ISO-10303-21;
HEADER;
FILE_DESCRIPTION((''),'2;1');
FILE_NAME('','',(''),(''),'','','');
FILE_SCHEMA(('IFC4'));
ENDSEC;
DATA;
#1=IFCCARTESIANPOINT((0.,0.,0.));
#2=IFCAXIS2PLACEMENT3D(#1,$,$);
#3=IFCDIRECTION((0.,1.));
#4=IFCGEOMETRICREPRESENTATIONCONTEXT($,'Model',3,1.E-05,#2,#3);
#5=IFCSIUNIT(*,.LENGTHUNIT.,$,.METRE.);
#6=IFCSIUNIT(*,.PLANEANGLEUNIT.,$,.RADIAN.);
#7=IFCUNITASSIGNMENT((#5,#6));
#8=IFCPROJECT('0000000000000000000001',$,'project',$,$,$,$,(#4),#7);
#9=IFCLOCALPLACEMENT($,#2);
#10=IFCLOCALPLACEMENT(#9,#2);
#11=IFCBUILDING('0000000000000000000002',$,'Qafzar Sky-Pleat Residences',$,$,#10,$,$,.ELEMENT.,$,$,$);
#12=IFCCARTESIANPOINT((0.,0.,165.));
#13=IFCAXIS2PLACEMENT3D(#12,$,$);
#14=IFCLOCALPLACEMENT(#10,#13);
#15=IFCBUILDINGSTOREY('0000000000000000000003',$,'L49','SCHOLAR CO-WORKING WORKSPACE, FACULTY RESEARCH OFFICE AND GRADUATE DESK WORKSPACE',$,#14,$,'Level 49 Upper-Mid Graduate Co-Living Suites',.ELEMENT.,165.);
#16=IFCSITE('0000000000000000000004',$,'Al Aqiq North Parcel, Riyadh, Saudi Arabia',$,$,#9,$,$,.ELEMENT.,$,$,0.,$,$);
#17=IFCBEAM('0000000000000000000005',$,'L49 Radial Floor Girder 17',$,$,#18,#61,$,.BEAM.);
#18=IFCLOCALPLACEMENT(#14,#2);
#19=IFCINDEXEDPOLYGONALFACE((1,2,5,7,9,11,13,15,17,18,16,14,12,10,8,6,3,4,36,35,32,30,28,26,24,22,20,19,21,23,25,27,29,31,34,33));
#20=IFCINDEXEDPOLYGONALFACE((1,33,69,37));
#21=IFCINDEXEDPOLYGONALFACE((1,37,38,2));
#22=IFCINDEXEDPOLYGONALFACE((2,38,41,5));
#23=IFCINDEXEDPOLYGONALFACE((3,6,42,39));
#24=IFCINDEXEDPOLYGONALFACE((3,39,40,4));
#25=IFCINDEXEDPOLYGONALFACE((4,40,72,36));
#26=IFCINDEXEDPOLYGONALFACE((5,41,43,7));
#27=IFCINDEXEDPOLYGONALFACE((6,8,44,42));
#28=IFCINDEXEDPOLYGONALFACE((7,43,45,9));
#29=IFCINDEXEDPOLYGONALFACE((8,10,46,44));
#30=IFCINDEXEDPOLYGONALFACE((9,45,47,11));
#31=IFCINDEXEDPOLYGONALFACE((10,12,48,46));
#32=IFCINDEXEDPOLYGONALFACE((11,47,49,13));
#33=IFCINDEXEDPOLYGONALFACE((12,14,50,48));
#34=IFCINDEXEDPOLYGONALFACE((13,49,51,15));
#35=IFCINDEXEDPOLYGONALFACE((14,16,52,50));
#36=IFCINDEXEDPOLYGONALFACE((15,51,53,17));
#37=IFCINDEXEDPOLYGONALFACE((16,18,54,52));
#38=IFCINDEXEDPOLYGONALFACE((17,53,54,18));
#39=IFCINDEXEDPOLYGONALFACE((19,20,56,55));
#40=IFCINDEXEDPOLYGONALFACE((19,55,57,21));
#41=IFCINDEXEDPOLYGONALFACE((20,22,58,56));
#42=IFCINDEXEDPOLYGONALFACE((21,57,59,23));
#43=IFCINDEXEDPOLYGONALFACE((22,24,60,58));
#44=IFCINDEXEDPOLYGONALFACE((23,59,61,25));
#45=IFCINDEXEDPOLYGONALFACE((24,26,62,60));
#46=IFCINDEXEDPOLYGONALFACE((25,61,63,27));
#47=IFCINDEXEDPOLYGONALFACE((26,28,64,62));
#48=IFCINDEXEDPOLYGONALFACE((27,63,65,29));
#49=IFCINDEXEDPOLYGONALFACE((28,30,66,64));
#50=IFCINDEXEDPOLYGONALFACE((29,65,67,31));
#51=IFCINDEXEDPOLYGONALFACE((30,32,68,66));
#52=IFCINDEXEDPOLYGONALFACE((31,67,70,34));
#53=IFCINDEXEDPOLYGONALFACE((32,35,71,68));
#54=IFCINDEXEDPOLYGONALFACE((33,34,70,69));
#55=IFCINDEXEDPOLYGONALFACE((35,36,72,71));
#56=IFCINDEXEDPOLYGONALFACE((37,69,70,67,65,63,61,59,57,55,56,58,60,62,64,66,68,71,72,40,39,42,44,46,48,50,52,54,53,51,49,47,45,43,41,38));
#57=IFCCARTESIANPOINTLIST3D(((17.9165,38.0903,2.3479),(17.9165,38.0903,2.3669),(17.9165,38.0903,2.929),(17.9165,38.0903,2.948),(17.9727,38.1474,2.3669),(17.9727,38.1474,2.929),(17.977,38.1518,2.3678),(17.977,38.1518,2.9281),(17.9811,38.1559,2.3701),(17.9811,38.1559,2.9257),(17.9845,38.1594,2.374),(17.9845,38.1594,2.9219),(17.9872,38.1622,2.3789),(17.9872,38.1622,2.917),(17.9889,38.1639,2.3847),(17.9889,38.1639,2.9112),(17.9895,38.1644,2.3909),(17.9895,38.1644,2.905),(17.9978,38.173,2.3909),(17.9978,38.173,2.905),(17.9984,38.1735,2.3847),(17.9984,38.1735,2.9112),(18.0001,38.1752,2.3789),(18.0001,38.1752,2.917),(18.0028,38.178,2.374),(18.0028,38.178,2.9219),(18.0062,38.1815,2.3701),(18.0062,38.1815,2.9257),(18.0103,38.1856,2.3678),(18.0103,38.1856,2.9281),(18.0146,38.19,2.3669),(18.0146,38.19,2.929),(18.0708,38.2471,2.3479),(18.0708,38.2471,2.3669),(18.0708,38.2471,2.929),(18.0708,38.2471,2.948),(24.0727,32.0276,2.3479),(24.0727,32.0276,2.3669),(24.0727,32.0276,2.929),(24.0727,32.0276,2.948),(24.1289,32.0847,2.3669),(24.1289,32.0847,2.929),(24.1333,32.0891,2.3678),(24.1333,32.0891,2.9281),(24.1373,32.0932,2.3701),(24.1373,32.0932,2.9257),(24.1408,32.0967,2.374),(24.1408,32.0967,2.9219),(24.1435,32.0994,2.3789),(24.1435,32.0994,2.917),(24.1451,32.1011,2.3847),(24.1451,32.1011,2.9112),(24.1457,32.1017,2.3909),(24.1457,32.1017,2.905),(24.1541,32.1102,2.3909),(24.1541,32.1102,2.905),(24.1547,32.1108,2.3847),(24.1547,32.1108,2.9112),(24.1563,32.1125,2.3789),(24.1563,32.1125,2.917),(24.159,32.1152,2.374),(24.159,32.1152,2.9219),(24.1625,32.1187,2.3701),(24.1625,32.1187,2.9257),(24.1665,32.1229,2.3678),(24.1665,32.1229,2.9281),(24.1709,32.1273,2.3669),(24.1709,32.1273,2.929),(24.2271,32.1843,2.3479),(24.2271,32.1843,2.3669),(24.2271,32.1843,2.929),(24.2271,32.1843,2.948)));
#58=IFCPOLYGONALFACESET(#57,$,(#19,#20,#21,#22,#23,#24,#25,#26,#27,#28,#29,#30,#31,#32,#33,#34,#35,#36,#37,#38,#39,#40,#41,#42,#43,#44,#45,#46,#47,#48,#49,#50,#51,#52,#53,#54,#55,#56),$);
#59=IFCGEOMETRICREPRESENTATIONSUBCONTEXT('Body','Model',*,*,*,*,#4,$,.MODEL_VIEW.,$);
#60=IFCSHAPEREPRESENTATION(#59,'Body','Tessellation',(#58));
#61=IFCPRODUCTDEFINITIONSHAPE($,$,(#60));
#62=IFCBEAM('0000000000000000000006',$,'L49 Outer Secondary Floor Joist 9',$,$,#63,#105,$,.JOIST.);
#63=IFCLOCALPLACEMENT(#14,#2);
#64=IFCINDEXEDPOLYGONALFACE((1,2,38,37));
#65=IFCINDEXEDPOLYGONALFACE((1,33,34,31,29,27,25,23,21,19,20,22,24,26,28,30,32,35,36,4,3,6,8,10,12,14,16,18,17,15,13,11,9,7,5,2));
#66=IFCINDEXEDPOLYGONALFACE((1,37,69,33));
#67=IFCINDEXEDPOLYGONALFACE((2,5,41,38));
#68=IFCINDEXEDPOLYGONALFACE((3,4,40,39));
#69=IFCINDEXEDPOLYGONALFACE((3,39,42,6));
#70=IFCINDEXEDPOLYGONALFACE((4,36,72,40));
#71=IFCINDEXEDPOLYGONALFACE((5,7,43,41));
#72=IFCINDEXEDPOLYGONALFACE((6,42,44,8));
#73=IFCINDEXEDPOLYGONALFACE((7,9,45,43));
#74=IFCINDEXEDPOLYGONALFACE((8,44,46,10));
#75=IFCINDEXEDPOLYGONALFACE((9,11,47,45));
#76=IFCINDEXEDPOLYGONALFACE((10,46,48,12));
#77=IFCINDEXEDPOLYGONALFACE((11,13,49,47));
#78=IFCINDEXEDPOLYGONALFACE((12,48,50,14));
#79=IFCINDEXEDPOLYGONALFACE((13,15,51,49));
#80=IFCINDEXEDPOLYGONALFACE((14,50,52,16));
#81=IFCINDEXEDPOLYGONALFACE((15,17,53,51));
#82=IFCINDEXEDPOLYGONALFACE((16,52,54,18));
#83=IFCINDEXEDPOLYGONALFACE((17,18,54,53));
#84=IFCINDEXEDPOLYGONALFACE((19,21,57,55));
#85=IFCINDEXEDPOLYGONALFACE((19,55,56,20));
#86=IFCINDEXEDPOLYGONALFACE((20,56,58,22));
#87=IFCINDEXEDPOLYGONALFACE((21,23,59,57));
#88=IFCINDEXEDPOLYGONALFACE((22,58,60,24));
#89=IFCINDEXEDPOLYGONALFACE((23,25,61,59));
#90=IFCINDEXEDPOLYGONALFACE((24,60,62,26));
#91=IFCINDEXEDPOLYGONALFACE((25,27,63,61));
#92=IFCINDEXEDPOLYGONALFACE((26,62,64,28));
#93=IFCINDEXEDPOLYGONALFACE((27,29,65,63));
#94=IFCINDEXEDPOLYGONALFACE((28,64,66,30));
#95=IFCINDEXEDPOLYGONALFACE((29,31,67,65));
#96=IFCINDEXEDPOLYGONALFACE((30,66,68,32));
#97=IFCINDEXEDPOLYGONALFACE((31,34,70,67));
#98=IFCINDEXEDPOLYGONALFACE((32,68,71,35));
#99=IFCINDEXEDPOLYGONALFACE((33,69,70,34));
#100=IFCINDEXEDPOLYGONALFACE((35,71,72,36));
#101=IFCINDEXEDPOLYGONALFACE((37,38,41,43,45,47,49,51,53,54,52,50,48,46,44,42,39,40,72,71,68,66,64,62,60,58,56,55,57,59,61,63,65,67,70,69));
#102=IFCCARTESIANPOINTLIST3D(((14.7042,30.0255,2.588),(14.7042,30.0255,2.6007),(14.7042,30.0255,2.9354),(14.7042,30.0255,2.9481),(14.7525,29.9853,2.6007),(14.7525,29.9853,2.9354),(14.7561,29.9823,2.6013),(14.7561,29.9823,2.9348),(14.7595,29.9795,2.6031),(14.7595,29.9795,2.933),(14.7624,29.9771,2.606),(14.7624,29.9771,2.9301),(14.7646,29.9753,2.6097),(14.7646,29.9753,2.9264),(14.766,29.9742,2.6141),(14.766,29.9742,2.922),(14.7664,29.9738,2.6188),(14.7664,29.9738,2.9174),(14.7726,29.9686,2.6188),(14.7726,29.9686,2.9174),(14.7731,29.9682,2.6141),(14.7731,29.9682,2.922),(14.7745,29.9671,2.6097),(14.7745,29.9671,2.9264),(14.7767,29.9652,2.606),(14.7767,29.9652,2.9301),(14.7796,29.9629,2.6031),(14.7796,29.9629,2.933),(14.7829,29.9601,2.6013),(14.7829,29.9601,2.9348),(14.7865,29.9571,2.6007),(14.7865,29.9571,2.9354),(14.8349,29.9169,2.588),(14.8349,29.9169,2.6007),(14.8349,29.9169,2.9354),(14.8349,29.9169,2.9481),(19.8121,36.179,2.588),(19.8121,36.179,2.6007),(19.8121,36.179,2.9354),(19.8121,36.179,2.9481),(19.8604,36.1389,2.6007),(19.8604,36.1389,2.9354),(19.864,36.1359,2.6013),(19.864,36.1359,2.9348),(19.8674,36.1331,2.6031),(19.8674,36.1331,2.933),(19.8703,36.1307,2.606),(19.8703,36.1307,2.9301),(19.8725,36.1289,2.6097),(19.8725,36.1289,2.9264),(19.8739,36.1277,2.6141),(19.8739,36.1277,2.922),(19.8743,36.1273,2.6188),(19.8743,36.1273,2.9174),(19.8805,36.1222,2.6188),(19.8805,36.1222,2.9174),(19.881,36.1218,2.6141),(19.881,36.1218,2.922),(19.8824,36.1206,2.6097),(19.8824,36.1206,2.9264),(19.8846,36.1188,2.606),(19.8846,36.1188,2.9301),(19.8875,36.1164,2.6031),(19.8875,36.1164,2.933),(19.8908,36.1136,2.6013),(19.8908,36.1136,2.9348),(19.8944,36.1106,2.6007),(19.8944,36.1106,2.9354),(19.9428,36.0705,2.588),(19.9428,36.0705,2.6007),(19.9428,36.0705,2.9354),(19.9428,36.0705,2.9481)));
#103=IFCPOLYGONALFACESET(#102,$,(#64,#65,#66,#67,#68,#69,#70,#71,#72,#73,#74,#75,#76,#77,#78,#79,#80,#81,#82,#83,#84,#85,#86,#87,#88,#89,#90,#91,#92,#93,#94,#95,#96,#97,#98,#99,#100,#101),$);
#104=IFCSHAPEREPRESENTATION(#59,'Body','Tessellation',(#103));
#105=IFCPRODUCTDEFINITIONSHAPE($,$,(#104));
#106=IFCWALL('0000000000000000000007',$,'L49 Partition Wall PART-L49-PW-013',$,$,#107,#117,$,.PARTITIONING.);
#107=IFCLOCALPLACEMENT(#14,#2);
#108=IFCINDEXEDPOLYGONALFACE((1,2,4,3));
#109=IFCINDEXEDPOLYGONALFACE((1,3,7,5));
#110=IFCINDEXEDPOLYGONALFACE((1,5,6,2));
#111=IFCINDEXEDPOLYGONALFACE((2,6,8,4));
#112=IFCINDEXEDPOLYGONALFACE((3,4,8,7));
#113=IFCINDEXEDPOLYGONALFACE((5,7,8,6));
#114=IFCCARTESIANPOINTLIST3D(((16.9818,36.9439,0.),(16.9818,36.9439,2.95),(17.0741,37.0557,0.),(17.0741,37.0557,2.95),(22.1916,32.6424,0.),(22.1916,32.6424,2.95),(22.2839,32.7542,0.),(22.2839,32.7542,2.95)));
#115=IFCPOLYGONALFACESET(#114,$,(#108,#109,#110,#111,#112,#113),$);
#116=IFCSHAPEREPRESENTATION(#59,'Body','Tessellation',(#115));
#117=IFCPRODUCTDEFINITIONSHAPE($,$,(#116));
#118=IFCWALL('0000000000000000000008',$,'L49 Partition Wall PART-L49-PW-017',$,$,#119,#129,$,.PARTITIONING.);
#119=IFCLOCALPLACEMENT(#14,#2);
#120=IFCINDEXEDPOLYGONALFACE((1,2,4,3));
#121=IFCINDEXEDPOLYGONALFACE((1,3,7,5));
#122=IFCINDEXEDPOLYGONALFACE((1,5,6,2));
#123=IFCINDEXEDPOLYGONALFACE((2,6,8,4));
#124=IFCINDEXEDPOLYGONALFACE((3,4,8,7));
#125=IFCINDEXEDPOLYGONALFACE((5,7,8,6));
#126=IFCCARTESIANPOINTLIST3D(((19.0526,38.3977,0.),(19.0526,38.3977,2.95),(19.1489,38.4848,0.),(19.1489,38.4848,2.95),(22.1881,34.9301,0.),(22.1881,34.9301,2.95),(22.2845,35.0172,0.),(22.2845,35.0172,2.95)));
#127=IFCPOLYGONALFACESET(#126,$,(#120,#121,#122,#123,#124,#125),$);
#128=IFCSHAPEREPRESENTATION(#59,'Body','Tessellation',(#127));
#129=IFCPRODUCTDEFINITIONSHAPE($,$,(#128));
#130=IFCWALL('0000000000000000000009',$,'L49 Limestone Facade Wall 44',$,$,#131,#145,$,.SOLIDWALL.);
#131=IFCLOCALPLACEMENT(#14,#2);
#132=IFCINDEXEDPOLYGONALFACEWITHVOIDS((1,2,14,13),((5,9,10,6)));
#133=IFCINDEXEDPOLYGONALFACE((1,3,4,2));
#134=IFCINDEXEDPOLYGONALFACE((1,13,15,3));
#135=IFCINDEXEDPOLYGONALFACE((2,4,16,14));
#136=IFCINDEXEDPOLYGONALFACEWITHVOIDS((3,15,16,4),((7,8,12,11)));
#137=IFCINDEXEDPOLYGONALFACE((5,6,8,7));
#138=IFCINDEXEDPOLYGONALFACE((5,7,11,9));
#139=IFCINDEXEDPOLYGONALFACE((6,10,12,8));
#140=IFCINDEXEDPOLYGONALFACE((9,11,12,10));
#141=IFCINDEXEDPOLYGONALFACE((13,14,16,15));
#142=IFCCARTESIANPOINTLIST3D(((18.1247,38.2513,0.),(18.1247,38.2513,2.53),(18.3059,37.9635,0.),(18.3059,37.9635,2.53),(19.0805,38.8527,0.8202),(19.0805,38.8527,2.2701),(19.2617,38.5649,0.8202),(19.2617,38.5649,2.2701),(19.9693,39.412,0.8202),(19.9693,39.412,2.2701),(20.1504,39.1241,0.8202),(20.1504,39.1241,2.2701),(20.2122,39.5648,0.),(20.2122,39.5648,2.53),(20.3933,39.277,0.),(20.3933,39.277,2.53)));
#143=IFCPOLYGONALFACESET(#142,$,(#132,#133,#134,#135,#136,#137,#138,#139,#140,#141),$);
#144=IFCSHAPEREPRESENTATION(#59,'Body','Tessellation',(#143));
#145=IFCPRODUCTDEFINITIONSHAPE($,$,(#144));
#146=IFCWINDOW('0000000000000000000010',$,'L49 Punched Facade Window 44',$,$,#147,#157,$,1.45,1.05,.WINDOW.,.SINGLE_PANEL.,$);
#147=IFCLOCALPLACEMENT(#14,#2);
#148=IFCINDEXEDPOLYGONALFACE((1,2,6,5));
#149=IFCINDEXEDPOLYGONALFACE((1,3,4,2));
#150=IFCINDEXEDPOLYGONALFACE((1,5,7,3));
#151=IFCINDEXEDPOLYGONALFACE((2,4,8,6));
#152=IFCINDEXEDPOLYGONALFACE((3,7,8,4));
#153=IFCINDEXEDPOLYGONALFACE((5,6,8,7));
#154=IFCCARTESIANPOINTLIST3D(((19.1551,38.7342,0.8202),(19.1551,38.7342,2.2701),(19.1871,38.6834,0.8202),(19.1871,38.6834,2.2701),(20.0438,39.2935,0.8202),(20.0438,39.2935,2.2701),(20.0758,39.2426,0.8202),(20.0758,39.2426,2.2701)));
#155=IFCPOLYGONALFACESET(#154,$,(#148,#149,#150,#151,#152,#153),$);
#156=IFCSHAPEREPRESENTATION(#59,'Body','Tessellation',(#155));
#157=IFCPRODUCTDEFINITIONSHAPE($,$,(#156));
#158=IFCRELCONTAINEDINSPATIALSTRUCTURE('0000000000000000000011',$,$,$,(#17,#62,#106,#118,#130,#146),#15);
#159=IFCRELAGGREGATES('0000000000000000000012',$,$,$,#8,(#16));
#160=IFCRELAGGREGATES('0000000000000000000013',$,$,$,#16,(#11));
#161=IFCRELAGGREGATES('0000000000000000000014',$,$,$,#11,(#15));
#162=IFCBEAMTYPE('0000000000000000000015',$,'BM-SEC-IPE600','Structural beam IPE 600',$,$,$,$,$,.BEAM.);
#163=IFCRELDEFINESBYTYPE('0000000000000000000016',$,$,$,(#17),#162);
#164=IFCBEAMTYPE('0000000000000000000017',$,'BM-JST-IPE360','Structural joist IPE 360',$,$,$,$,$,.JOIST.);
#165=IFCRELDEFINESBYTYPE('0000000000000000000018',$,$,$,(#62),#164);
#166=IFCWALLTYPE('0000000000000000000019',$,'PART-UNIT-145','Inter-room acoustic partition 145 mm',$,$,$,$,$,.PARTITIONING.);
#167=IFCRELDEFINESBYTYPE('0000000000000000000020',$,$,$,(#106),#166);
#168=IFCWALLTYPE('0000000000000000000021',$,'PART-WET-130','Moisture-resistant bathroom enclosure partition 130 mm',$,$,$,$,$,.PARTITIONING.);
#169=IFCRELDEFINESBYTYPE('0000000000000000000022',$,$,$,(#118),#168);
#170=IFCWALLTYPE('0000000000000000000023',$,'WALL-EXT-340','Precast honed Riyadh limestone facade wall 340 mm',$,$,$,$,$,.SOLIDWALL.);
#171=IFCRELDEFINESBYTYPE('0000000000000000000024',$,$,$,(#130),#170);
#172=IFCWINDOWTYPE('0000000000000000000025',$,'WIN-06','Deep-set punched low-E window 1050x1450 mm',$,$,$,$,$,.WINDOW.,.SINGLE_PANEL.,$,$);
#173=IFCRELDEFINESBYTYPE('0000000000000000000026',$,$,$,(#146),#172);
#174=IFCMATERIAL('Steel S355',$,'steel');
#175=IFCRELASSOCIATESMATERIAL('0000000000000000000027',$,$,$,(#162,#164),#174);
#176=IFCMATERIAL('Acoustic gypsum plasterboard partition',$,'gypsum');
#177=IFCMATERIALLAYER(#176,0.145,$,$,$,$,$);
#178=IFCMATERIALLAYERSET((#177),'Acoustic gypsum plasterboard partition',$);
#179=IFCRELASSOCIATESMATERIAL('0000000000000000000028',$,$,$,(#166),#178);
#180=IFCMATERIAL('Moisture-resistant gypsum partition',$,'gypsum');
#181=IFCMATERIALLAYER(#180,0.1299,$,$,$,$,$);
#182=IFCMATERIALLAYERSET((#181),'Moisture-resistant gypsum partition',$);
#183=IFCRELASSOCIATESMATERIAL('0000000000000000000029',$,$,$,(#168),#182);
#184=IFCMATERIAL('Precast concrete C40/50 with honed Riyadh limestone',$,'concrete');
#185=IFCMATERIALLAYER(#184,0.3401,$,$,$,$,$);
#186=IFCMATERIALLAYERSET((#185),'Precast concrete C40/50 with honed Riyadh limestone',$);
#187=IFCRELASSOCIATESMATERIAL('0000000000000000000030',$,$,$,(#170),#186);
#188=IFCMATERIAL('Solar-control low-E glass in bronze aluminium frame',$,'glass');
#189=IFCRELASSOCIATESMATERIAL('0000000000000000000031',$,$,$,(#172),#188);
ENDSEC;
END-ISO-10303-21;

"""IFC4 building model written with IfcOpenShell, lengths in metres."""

from ifc_helpers import new_model, si_unit, direction, frame, frame_2d, origin, origin_2d, place, context, subcontext, project, spatial, rectangle, i_section, extrude, source, transform, mapped, material, layer, layer_set, material_profile, profile_set, type_object, element, fill, save


model = new_model("IFC4")

# Units and contexts
model_context = context("Model", 3, precision=1e-05, world=origin(), true_north=direction((0.0, 1.0)))
body_context = subcontext(model_context, "Body", "Model", "MODEL_VIEW")
ifc_project = project(units=[si_unit("LENGTHUNIT", "METRE"), si_unit("PLANEANGLEUNIT", "RADIAN")], contexts=[model_context])

# Site, building, storey
site_placement = place(None, origin())
site = spatial("IfcSite", under=ifc_project, at=site_placement, Name="Al Aqiq North Parcel, Riyadh, Saudi Arabia", CompositionType="ELEMENT", RefElevation=0.0)
building_placement = place(site_placement, origin())
building = spatial("IfcBuilding", under=site, at=building_placement, Name="Qafzar Sky-Pleat Residences", CompositionType="ELEMENT")
storey_placement = place(building_placement, frame((0.0, 0.0, 165.0)))
storey = spatial("IfcBuildingStorey", under=building, at=storey_placement, Name="L49", Description="SCHOLAR CO-WORKING WORKSPACE, FACULTY RESEARCH OFFICE AND GRADUATE DESK WORKSPACE", LongName="Level 49 Upper-Mid Graduate Co-Living Suites", CompositionType="ELEMENT", Elevation=165.0)

# Shared definitions
ifc_material_1 = material(Name="Steel S355", Category="steel")

# Beams
ifc_material_profile_1 = material_profile(ifc_material_1, i_section(OverallWidth=0.22, OverallDepth=0.6001, WebThickness=0.012, FlangeThickness=0.019, FilletRadius=0.0239, at=origin_2d()), Name="IPE 600")
ifc_profile_set_1 = profile_set([ifc_material_profile_1], Name="Steel S355")
beam_type_1 = type_object("IfcBeamType", Name="BM-SEC-IPE600", Description="Structural beam IPE 600", PredefinedType="BEAM", material=ifc_profile_set_1)
shared_shape_1 = source(origin(), body_context, "Body", "SweptSolid", [
    extrude(i_section(OverallWidth=0.22, OverallDepth=0.6001, WebThickness=0.012, FlangeThickness=0.019, FilletRadius=0.0239, at=origin_2d()), origin(), (0.0, 0.0, 1.0), 8.6404),
])
beam_1_placement = place(storey_placement, frame((17.9937, 38.1687, 2.6479), z_axis=(0.712497, -0.701675, 0.0), x_axis=(0.701675, 0.712497, 0.0)))
element("IfcBeam", 1, at=beam_1_placement, inside=storey, type_object=beam_type_1, Name="L49 Radial Floor Girder 17", PredefinedType="BEAM", context=body_context, shape_type="MappedRepresentation", body=[
    mapped(shared_shape_1, transform((0.0, 0.0, 0.0), x_axis=(1.0, 0.0, 0.0), y_axis=(0.0, 1.0, 0.0), z_axis=(0.0, 0.0, 1.0), scale=1.0)),
])
ifc_material_profile_2 = material_profile(ifc_material_1, i_section(OverallWidth=0.1699, OverallDepth=0.3601, WebThickness=0.0081, FlangeThickness=0.0127, FilletRadius=0.0181, at=origin_2d()), Name="IPE 360")
ifc_profile_set_2 = profile_set([ifc_material_profile_2], Name="Steel S355")
beam_type_2 = type_object("IfcBeamType", Name="BM-JST-IPE360", Description="Structural joist IPE 360", PredefinedType="JOIST", material=ifc_profile_set_2)
shared_shape_2 = source(origin(), body_context, "Body", "SweptSolid", [
    extrude(i_section(OverallWidth=0.1699, OverallDepth=0.3601, WebThickness=0.0081, FlangeThickness=0.0127, FilletRadius=0.0181, at=origin_2d()), origin(), (0.0, 0.0, 1.0), 7.9973),
])
beam_2_placement = place(storey_placement, frame((19.8774, 36.1248, 2.7681), z_axis=(-0.638703, -0.769453, 0.0), x_axis=(0.769453, -0.638703, 0.0)))
element("IfcBeam", 2, at=beam_2_placement, inside=storey, type_object=beam_type_2, Name="L49 Outer Secondary Floor Joist 9", PredefinedType="JOIST", context=body_context, shape_type="MappedRepresentation", body=[
    mapped(shared_shape_2, transform((0.0, 0.0, 0.0), x_axis=(1.0, 0.0, 0.0), y_axis=(0.0, 1.0, 0.0), z_axis=(0.0, 0.0, 1.0), scale=1.0)),
])

# Walls
ifc_material_2 = material(Name="Acoustic gypsum plasterboard partition", Category="gypsum")
ifc_layer_1 = layer(ifc_material_2, 0.145)
ifc_layer_set_1 = layer_set([ifc_layer_1], Name="Acoustic gypsum plasterboard partition")
wall_type_1 = type_object("IfcWallType", Name="PART-UNIT-145", Description="Inter-room acoustic partition 145 mm", PredefinedType="PARTITIONING", material=ifc_layer_set_1)
wall_1_placement = place(storey_placement, frame((17.0281, 36.9998, 0.0), z_axis=(0.0, 0.0, 1.0), x_axis=(0.771119, -0.636691, 0.0)))
element("IfcWall", 3, at=wall_1_placement, inside=storey, type_object=wall_type_1, Name="L49 Partition Wall PART-L49-PW-013", PredefinedType="PARTITIONING", context=body_context, shape_type="SweptSolid", body=[
    extrude(rectangle(XDim=6.7561, YDim=0.145, at=frame_2d((3.3779, 0.0))), origin(), (0.0, 0.0, 1.0), 2.95),
])
ifc_material_3 = material(Name="Moisture-resistant gypsum partition", Category="gypsum")
ifc_layer_2 = layer(ifc_material_3, 0.1299)
ifc_layer_set_2 = layer_set([ifc_layer_2], Name="Moisture-resistant gypsum partition")
wall_type_2 = type_object("IfcWallType", Name="PART-WET-130", Description="Moisture-resistant bathroom enclosure partition 130 mm", PredefinedType="PARTITIONING", material=ifc_layer_set_2)
wall_2_placement = place(storey_placement, frame((19.1008, 38.4412, 0.0), z_axis=(0.0, 0.0, 1.0), x_axis=(0.670703, -0.741726, 0.0)))
element("IfcWall", 4, at=wall_2_placement, inside=storey, type_object=wall_type_2, Name="L49 Partition Wall PART-L49-PW-017", PredefinedType="PARTITIONING", context=body_context, shape_type="SweptSolid", body=[
    extrude(rectangle(XDim=4.675, YDim=0.1299, at=frame_2d((2.3374, 0.0))), origin(), (0.0, 0.0, 1.0), 2.95),
])

# Wall, opening, window
ifc_material_4 = material(Name="Precast concrete C40/50 with honed Riyadh limestone", Category="concrete")
ifc_layer_3 = layer(ifc_material_4, 0.3401)
ifc_layer_set_3 = layer_set([ifc_layer_3], Name="Precast concrete C40/50 with honed Riyadh limestone")
wall_type_3 = type_object("IfcWallType", Name="WALL-EXT-340", Description="Precast honed Riyadh limestone facade wall 340 mm", PredefinedType="SOLIDWALL", material=ifc_layer_set_3)
wall_3_placement = place(storey_placement, frame((20.3027, 39.4209, 0.0), z_axis=(0.0, 0.0, 1.0), x_axis=(-0.846382, -0.532577, 0.0)))
wall_3 = element("IfcWall", 5, at=wall_3_placement, inside=storey, type_object=wall_type_3, Name="L49 Limestone Facade Wall 44", PredefinedType="SOLIDWALL", context=body_context, shape_type="SweptSolid", body=[
    extrude(rectangle(XDim=2.4663, YDim=0.3401, at=frame_2d((1.2332, 0.0))), origin(), (0.0, 0.0, 1.0), 2.53),
])
opening_1_placement = place(wall_3_placement, frame((0.2871, 0.0, 0.8201)))
opening_1 = element("IfcOpeningElement", 6, at=opening_1_placement, cuts=wall_3, PredefinedType="OPENING", context=body_context, shape_type="SweptSolid", body=[
    extrude(rectangle(XDim=1.05, YDim=1.45, at=frame_2d((0.5249, 0.7251))), frame((0.0, 0.1802, 0.0), z_axis=(0.0, -1.0, 0.0), x_axis=(1.0, 0.0, 0.0)), (0.0, 0.0, 1.0), 0.3601),
])
ifc_material_5 = material(Name="Solar-control low-E glass in bronze aluminium frame", Category="glass")
window_type_1 = type_object("IfcWindowType", Name="WIN-06", Description="Deep-set punched low-E window 1050x1450 mm", PartitioningType="SINGLE_PANEL", PredefinedType="WINDOW", material=ifc_material_5)
shared_shape_3 = source(origin(), body_context, "Body", "SweptSolid", [
    extrude(rectangle(XDim=1.05, YDim=1.45, at=frame_2d((0.5249, 0.7251))), frame((0.0, 0.03, 0.0), z_axis=(0.0, -1.0, 0.0), x_axis=(1.0, 0.0, 0.0)), (0.0, 0.0, 1.0), 0.0601),
])
window_1_placement = place(opening_1_placement, origin())
window_1 = element("IfcWindow", 7, at=window_1_placement, inside=storey, type_object=window_type_1, Name="L49 Punched Facade Window 44", OverallHeight=1.45, OverallWidth=1.05, PartitioningType="SINGLE_PANEL", PredefinedType="WINDOW", context=body_context, shape_type="MappedRepresentation", body=[
    mapped(shared_shape_3, transform((0.0, 0.0, 0.0), x_axis=(1.0, 0.0, 0.0), y_axis=(0.0, 1.0, 0.0), z_axis=(0.0, 0.0, 1.0), scale=1.0)),
])
fill(opening_1, window_1)

save(model, "model.ifc")
